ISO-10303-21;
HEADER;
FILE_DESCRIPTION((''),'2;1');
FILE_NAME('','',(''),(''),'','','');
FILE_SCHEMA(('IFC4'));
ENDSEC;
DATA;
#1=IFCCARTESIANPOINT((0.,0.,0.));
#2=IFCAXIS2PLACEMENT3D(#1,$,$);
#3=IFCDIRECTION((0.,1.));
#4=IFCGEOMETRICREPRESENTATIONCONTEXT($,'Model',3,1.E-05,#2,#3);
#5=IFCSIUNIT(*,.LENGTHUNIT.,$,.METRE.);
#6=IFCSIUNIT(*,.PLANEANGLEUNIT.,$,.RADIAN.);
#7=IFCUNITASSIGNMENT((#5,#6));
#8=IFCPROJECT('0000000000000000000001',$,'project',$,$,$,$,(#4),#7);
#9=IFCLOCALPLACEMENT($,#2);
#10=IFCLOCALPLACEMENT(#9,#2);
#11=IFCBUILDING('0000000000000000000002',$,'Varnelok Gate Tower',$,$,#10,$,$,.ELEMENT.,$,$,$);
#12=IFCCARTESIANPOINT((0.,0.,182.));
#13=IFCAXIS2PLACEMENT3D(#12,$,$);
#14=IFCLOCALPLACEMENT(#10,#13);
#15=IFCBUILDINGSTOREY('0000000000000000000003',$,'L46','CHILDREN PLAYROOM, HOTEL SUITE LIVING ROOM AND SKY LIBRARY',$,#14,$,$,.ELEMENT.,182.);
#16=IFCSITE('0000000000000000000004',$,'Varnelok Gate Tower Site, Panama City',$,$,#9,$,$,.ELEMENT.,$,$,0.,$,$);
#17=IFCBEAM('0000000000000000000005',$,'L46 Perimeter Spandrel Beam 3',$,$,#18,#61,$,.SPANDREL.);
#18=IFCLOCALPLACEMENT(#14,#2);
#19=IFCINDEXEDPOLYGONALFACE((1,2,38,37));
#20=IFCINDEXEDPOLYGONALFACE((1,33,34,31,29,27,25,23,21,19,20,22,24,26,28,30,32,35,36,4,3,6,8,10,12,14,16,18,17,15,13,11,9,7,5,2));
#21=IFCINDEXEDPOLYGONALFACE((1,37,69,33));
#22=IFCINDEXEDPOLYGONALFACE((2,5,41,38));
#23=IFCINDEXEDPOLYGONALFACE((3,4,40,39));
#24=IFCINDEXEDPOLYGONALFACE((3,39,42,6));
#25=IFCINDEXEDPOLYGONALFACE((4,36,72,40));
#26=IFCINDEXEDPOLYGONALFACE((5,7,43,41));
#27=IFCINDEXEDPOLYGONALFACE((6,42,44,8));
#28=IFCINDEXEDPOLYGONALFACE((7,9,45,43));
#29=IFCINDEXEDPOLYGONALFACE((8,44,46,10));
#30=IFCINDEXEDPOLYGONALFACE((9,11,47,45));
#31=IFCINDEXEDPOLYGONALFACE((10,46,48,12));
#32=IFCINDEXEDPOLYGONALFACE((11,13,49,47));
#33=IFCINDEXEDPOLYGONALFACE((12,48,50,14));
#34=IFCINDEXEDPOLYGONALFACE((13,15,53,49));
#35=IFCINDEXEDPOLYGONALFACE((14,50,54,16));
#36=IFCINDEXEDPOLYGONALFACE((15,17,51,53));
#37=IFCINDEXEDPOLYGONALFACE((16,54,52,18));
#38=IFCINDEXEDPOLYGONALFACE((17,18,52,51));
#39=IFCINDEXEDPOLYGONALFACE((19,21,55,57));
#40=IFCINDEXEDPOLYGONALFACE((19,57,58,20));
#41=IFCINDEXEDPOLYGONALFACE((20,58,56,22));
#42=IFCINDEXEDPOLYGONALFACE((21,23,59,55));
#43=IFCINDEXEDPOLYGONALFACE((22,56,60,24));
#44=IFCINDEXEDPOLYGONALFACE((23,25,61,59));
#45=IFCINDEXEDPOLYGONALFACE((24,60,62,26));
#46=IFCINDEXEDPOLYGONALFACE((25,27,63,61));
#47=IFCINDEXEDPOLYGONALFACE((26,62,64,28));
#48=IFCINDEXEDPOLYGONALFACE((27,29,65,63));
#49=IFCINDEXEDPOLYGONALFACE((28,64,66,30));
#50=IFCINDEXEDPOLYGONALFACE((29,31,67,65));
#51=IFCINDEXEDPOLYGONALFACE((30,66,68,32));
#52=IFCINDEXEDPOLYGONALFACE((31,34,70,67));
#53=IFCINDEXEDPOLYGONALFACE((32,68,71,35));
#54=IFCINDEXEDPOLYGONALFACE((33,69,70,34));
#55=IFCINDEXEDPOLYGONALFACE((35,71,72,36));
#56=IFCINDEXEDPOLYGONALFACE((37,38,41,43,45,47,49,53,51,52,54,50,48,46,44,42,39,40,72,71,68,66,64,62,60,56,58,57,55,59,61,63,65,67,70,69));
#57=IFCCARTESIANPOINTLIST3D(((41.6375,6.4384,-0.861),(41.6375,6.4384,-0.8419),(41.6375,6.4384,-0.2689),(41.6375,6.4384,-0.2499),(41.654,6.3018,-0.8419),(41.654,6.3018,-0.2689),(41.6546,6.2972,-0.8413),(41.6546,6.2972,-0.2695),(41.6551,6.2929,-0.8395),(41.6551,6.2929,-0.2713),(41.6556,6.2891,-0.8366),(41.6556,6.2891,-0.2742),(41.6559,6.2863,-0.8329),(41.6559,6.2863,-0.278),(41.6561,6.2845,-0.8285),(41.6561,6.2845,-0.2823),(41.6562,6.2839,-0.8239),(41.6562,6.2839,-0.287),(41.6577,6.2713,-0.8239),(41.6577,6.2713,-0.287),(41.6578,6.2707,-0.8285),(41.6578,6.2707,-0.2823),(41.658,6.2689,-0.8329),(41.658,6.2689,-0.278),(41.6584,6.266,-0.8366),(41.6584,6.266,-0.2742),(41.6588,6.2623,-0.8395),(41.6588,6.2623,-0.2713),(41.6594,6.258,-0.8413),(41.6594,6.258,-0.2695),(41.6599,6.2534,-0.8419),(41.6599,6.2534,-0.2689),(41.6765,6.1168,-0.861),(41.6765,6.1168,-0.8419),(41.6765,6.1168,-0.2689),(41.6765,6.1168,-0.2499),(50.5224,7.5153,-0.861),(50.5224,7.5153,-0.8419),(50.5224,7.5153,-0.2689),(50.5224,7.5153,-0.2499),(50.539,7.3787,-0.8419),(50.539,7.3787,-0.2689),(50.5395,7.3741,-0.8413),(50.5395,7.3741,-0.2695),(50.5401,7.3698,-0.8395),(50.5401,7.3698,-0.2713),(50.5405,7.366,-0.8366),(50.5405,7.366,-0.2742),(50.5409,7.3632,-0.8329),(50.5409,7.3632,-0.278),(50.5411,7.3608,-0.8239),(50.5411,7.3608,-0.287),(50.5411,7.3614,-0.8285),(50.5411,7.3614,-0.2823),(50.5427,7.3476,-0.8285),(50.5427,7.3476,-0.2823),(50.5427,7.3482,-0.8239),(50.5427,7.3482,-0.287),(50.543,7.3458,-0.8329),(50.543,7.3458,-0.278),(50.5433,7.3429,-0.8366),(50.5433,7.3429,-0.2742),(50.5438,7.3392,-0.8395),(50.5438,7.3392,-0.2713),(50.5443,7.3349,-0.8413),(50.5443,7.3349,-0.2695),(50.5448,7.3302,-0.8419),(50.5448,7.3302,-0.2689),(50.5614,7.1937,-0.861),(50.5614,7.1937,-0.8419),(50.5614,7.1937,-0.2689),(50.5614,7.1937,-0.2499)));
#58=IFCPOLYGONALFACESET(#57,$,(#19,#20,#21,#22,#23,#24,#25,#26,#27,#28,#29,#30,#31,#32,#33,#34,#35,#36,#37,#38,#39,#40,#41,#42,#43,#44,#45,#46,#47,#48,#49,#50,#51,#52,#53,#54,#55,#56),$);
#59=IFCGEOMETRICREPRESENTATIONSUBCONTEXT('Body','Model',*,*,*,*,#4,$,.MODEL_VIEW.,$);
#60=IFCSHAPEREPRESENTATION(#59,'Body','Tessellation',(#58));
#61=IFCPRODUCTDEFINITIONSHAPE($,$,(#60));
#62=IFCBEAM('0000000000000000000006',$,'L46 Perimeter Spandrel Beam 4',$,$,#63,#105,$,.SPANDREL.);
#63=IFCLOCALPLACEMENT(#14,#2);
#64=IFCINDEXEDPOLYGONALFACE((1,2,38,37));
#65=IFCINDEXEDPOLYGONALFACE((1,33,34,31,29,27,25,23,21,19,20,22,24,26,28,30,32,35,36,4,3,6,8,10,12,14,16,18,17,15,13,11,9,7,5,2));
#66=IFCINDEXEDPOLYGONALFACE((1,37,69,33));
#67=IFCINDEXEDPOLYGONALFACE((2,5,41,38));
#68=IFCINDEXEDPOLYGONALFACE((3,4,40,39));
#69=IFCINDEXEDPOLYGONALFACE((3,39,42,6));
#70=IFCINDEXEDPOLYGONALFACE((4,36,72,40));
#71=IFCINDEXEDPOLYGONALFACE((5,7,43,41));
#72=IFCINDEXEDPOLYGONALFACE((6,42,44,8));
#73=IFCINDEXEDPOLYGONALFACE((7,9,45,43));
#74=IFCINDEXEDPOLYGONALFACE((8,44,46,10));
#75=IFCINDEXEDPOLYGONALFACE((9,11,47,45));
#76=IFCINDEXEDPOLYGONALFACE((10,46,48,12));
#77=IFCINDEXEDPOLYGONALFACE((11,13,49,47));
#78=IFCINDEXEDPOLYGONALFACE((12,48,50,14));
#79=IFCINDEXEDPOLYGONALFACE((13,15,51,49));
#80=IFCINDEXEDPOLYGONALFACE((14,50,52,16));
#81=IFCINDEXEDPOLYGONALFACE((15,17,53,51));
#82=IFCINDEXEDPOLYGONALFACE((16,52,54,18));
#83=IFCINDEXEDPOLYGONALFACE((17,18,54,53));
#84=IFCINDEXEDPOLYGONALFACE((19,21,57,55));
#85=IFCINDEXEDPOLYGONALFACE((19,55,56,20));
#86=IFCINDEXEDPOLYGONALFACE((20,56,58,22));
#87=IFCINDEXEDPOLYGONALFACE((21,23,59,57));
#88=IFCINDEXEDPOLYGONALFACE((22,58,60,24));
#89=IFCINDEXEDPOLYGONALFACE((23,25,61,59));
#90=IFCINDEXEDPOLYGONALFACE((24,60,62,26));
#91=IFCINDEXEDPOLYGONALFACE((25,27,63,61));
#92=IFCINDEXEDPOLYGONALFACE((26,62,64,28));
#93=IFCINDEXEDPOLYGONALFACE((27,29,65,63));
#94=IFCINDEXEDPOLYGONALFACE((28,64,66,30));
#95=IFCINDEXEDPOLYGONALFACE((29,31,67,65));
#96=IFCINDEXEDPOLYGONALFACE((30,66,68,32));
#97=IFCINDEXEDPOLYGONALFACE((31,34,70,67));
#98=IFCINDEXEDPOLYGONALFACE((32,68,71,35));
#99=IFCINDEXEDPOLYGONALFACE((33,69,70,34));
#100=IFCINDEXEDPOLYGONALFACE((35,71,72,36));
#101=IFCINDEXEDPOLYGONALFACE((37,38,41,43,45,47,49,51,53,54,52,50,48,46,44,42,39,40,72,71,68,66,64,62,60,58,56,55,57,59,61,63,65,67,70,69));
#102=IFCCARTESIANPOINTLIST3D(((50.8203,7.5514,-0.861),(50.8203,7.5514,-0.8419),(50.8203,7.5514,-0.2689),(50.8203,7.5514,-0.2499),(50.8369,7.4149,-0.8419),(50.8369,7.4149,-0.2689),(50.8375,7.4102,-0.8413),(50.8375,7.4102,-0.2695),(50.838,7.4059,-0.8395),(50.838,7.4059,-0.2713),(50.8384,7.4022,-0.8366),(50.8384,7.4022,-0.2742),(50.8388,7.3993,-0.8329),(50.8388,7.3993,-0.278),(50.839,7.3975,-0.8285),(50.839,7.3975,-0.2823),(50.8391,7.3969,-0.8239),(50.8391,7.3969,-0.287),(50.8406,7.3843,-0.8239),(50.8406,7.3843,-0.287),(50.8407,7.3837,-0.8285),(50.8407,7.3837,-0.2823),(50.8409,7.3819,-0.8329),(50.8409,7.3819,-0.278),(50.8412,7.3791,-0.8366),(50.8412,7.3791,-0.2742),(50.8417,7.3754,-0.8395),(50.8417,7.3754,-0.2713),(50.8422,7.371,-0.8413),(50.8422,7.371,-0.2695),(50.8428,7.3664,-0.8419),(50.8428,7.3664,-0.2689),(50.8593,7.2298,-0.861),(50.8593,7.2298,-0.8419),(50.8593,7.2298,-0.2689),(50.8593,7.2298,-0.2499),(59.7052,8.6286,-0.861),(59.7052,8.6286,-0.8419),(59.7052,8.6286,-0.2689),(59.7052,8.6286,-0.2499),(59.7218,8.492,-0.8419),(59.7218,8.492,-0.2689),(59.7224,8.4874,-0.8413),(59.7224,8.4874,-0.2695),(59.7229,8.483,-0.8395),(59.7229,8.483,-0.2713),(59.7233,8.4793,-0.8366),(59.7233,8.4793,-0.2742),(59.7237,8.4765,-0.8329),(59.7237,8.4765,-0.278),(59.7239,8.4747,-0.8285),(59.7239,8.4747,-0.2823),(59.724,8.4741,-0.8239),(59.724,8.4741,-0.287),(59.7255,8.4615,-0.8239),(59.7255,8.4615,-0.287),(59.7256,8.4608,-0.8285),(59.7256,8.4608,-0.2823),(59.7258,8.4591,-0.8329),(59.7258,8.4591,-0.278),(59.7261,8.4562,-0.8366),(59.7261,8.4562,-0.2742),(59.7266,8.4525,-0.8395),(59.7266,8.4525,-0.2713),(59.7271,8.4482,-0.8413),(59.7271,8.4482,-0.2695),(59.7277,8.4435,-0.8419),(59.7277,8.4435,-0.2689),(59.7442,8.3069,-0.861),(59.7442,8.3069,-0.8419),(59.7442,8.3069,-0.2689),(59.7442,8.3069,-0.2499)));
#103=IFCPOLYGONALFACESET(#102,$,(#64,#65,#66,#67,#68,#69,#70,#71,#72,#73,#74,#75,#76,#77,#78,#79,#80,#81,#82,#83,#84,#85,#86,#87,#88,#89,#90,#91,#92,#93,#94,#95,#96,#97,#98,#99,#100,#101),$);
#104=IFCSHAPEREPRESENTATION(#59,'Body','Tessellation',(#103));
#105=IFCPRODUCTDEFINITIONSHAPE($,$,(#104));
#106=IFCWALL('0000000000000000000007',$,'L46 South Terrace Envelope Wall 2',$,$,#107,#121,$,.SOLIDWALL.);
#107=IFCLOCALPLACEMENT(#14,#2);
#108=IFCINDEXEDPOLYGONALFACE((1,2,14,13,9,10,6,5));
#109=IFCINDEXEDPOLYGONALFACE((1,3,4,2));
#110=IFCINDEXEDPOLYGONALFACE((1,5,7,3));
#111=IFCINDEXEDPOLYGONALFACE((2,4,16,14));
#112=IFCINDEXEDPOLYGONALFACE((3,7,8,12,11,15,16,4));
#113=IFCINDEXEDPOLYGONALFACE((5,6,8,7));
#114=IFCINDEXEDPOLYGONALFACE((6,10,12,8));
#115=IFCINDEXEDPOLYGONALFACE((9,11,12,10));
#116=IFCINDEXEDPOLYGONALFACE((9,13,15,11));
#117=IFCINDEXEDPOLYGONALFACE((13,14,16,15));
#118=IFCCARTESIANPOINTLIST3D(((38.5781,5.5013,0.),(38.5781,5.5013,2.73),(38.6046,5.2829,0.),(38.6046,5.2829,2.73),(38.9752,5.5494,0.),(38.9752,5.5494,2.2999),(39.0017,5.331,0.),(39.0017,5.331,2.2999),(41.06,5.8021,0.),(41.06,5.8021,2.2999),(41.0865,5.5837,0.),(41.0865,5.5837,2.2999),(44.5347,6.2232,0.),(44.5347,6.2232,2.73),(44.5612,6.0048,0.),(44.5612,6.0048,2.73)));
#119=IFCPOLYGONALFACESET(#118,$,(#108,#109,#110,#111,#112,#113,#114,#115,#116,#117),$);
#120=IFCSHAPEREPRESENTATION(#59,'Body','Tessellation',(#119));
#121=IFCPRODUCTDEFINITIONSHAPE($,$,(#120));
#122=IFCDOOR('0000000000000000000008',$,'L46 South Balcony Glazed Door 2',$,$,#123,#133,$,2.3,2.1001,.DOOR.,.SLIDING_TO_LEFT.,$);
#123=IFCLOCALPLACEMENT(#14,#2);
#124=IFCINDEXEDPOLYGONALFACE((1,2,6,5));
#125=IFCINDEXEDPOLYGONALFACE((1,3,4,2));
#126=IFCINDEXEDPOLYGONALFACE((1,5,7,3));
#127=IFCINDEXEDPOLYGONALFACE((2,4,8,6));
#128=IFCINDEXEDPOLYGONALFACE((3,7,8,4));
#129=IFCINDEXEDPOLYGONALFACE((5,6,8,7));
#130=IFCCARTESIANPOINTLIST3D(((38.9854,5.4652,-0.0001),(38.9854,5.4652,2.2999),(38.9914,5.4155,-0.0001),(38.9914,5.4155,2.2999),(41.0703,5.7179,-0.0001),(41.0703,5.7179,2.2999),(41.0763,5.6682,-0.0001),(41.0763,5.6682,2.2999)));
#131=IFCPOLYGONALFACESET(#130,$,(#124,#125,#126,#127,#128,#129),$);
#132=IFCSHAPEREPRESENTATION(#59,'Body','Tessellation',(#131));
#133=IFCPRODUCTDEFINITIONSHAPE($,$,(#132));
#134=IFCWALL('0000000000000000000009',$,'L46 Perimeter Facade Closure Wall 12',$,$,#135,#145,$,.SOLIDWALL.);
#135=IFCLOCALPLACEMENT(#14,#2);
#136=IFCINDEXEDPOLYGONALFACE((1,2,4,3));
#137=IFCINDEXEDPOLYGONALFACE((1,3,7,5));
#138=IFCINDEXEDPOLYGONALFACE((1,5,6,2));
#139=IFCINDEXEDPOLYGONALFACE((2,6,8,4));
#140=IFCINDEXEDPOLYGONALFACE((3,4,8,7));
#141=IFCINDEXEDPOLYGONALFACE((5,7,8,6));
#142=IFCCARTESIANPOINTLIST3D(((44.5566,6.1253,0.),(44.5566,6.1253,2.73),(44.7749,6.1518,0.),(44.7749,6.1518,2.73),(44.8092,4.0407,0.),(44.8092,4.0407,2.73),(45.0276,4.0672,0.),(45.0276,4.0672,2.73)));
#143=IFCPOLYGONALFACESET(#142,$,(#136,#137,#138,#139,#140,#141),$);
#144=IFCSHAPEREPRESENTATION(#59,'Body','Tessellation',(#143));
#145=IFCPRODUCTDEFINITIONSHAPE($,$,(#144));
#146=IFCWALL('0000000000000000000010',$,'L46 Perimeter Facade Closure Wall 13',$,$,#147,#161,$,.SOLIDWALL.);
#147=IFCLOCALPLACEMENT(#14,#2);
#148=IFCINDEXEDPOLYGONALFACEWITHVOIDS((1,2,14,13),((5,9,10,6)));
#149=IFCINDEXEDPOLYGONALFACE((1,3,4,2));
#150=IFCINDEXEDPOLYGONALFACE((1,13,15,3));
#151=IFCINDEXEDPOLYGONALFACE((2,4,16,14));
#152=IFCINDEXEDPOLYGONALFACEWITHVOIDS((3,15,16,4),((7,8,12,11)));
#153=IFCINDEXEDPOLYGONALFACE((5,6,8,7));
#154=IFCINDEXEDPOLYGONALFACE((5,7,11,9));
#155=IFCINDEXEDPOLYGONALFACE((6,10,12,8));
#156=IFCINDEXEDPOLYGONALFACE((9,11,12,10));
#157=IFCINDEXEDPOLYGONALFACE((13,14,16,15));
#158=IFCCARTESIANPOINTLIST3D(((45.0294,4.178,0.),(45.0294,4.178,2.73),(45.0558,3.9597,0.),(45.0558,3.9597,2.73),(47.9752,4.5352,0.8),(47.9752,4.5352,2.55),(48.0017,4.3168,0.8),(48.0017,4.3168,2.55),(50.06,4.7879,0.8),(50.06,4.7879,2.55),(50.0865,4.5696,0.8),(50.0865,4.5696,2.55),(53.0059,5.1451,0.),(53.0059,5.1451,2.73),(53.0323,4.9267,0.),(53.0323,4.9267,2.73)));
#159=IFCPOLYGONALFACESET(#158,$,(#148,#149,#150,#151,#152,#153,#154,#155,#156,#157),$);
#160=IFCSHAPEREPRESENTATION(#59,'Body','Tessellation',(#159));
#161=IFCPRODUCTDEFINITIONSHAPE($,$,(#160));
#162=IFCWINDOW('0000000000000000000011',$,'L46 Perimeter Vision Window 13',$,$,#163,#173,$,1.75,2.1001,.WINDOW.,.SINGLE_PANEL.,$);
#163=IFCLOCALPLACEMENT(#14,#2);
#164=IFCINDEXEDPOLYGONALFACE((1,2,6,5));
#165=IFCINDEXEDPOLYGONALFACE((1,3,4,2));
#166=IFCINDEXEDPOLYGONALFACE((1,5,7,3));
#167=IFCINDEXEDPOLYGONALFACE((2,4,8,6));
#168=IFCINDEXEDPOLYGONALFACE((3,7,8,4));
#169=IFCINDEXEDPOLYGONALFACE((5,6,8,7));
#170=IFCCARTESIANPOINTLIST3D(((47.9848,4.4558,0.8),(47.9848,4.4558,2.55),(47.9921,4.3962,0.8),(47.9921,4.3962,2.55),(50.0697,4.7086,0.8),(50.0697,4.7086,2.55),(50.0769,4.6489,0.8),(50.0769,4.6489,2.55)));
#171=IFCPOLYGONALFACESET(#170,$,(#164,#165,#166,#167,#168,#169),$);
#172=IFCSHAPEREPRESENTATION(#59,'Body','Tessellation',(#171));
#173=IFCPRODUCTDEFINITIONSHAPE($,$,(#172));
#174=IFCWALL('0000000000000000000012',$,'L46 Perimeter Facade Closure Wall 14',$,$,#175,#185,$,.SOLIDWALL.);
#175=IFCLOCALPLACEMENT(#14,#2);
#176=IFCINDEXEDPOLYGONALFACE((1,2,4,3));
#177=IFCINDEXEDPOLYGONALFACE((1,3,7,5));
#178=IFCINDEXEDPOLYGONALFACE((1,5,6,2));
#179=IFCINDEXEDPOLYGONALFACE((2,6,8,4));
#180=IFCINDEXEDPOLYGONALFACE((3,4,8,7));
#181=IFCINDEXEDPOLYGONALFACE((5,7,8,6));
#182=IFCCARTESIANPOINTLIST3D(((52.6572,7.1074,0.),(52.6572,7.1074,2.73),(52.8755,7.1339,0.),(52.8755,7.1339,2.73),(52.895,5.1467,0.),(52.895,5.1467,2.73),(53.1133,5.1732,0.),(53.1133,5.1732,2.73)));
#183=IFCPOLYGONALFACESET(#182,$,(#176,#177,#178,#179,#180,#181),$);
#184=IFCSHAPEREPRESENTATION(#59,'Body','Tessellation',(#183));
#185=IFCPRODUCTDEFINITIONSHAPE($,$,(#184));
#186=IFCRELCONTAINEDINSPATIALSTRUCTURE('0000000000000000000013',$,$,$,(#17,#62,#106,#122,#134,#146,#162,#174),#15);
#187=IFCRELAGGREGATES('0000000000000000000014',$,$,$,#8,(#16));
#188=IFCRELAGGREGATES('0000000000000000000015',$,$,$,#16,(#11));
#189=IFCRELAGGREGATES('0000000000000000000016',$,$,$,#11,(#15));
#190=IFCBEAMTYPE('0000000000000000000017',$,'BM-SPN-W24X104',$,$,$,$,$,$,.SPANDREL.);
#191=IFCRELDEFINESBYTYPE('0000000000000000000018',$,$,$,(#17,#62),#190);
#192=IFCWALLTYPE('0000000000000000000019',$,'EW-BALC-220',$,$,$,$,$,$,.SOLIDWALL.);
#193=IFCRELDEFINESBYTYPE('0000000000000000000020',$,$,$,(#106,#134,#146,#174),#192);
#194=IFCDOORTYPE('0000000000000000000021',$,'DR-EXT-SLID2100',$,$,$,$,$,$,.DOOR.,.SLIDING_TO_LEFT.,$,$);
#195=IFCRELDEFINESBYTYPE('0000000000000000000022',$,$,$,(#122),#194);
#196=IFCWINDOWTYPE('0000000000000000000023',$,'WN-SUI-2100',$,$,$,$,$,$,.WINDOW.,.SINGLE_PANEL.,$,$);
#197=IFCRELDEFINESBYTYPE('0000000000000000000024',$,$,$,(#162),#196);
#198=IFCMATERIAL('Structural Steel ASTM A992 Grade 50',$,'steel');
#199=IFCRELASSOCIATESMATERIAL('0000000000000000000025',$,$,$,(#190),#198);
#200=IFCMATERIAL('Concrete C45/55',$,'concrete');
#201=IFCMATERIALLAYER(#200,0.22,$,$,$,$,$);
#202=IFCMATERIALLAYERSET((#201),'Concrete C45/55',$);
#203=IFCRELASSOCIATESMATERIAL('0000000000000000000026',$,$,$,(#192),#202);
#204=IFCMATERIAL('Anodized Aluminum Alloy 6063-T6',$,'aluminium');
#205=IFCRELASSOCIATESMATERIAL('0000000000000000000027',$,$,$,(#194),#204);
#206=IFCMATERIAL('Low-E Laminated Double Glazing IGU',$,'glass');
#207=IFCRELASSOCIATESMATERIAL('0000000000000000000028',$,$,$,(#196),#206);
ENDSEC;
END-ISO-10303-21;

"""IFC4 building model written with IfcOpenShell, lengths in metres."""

from ifc_helpers import new_model, si_unit, direction, frame, frame_2d, origin, origin_2d, place, context, subcontext, project, spatial, rectangle, i_section, extrude, material, layer, layer_set, material_profile, profile_set, type_object, element, fill, save


model = new_model("IFC4")

# Units and contexts
model_context = context("Model", 3, precision=1e-05, world=origin(), true_north=direction((0.0, 1.0)))
body_context = subcontext(model_context, "Body", "Model", "MODEL_VIEW")
ifc_project = project(units=[si_unit("LENGTHUNIT", "METRE"), si_unit("PLANEANGLEUNIT", "RADIAN")], contexts=[model_context])

# Site, building, storey
site_placement = place(None, origin())
site = spatial("IfcSite", under=ifc_project, at=site_placement, Name="Varnelok Gate Tower Site, Panama City", CompositionType="ELEMENT", RefElevation=0.0)
building_placement = place(site_placement, origin())
building = spatial("IfcBuilding", under=site, at=building_placement, Name="Varnelok Gate Tower", CompositionType="ELEMENT")
storey_placement = place(building_placement, frame((0.0, 0.0, 182.0)))
storey = spatial("IfcBuildingStorey", under=building, at=storey_placement, Name="L46", Description="CHILDREN PLAYROOM, HOTEL SUITE LIVING ROOM AND SKY LIBRARY", CompositionType="ELEMENT", Elevation=182.0)

# Shared definitions
ifc_material_1 = material(Name="Structural Steel ASTM A992 Grade 50", Category="steel")

# Beams
ifc_material_profile_1 = material_profile(ifc_material_1, i_section(OverallWidth=0.324, OverallDepth=0.6111, WebThickness=0.0127, FlangeThickness=0.019, FilletRadius=0.0181, at=origin_2d()), Name="W24X104")
ifc_profile_set_1 = profile_set([ifc_material_profile_1], Name="Structural Steel ASTM A992 Grade 50")
beam_type_1 = type_object("IfcBeamType", Name="BM-SPN-W24X104", PredefinedType="SPANDREL", material=ifc_profile_set_1)
for number, where, z_axis, x_axis, name in (
    (1, (41.657, 6.2776, -0.5554), (0.992735, 0.120324, 0.0), (-0.120324, 0.992735, 0.0), "L46 Perimeter Spandrel Beam 3"),
    (2, (50.8398, 7.3906, -0.5554), (0.992731, 0.120351, 0.0), (-0.120351, 0.992731, 0.0), "L46 Perimeter Spandrel Beam 4"),
):
    element("IfcBeam", number, at=place(storey_placement, frame(where, z_axis=z_axis, x_axis=x_axis)), inside=storey, type_object=beam_type_1, Name=name, PredefinedType="SPANDREL", context=body_context, shape_type="SweptSolid", body=[
        extrude(i_section(OverallWidth=0.324, OverallDepth=0.6111, WebThickness=0.0127, FlangeThickness=0.019, FilletRadius=0.0181, at=origin_2d()), origin(), (0.0, 0.0, 1.0), 8.95),
    ])

# Wall, opening, door
ifc_material_2 = material(Name="Concrete C45/55", Category="concrete")
ifc_layer_1 = layer(ifc_material_2, 0.22)
ifc_layer_set_1 = layer_set([ifc_layer_1], Name="Concrete C45/55")
wall_type_1 = type_object("IfcWallType", Name="EW-BALC-220", PredefinedType="SOLIDWALL", material=ifc_layer_set_1)
wall_1_placement = place(storey_placement, frame((44.5479, 6.114, 0.0), z_axis=(0.0, 0.0, 1.0), x_axis=(-0.992735, -0.120318, 0.0)))
wall_1 = element("IfcWall", 3, at=wall_1_placement, inside=storey, type_object=wall_type_1, Name="L46 South Terrace Envelope Wall 2", PredefinedType="SOLIDWALL", context=body_context, shape_type="SweptSolid", body=[
    extrude(rectangle(XDim=6.0002, YDim=0.22, at=frame_2d((3.0, 0.0))), origin(), (0.0, 0.0, 1.0), 2.73),
])
opening_1_placement = place(wall_1_placement, frame((3.5, 0.0, 0.0)))
opening_1 = element("IfcOpeningElement", 4, at=opening_1_placement, cuts=wall_1, PredefinedType="OPENING", context=body_context, shape_type="SweptSolid", body=[
    extrude(rectangle(XDim=2.1001, YDim=2.3, at=frame_2d((1.05, 1.1499))), frame((0.0, 0.1199, 0.0), z_axis=(0.0, -1.0, 0.0), x_axis=(1.0, 0.0, 0.0)), (0.0, 0.0, 1.0), 0.24),
])
ifc_material_3 = material(Name="Anodized Aluminum Alloy 6063-T6", Category="aluminium")
door_type_1 = type_object("IfcDoorType", Name="DR-EXT-SLID2100", OperationType="SLIDING_TO_LEFT", PredefinedType="DOOR", material=ifc_material_3)
door_1_placement = place(opening_1_placement, origin())
door_1 = element("IfcDoor", 5, at=door_1_placement, inside=storey, type_object=door_type_1, Name="L46 South Balcony Glazed Door 2", OperationType="SLIDING_TO_LEFT", OverallHeight=2.3, OverallWidth=2.1001, PredefinedType="DOOR", context=body_context, shape_type="SweptSolid", body=[
    extrude(rectangle(XDim=2.1001, YDim=2.3, at=frame_2d((1.05, 1.1499))), frame((0.0, 0.0249, 0.0), z_axis=(0.0, -1.0, 0.0), x_axis=(1.0, 0.0, 0.0)), (0.0, 0.0, 1.0), 0.05),
])
fill(opening_1, door_1)

# Wall
wall_2_placement = place(storey_placement, frame((44.6658, 6.1384, 0.0), z_axis=(0.0, 0.0, 1.0), x_axis=(0.120328, -0.992734, 0.0)))
element("IfcWall", 6, at=wall_2_placement, inside=storey, type_object=wall_type_1, Name="L46 Perimeter Facade Closure Wall 12", PredefinedType="SOLIDWALL", context=body_context, shape_type="SweptSolid", body=[
    extrude(rectangle(XDim=2.0999, YDim=0.22, at=frame_2d((1.0498, 0.0))), origin(), (0.0, 0.0, 1.0), 2.73),
])

# Wall, opening, window
wall_3_placement = place(storey_placement, frame((45.0425, 4.0688, 0.0), z_axis=(0.0, 0.0, 1.0), x_axis=(0.992731, 0.120354, 0.0)))
wall_3 = element("IfcWall", 7, at=wall_3_placement, inside=storey, type_object=wall_type_1, Name="L46 Perimeter Facade Closure Wall 13", PredefinedType="SOLIDWALL", context=body_context, shape_type="SweptSolid", body=[
    extrude(rectangle(XDim=8.0349, YDim=0.22, at=frame_2d((4.0176, 0.0))), origin(), (0.0, 0.0, 1.0), 2.73),
])
opening_2_placement = place(wall_3_placement, frame((2.9675, 0.0, 0.8)))
opening_2 = element("IfcOpeningElement", 8, at=opening_2_placement, cuts=wall_3, PredefinedType="OPENING", context=body_context, shape_type="SweptSolid", body=[
    extrude(rectangle(XDim=2.1001, YDim=1.75, at=frame_2d((1.05, 0.875))), frame((0.0, 0.1199, 0.0), z_axis=(0.0, -1.0, 0.0), x_axis=(1.0, 0.0, 0.0)), (0.0, 0.0, 1.0), 0.24),
])
ifc_material_4 = material(Name="Low-E Laminated Double Glazing IGU", Category="glass")
window_type = type_object("IfcWindowType", Name="WN-SUI-2100", PartitioningType="SINGLE_PANEL", PredefinedType="WINDOW", material=ifc_material_4)
window_placement = place(opening_2_placement, origin())
window = element("IfcWindow", 9, at=window_placement, inside=storey, type_object=window_type, Name="L46 Perimeter Vision Window 13", OverallHeight=1.75, OverallWidth=2.1001, PartitioningType="SINGLE_PANEL", PredefinedType="WINDOW", context=body_context, shape_type="SweptSolid", body=[
    extrude(rectangle(XDim=2.1001, YDim=1.75, at=frame_2d((1.05, 0.875))), frame((0.0, 0.03, 0.0), z_axis=(0.0, -1.0, 0.0), x_axis=(1.0, 0.0, 0.0)), (0.0, 0.0, 1.0), 0.0601),
])
fill(opening_2, window)

# Wall
wall_4_placement = place(storey_placement, frame((53.0042, 5.1599, 0.0), z_axis=(0.0, 0.0, 1.0), x_axis=(-0.120398, 0.992726, 0.0)))
element("IfcWall", 10, at=wall_4_placement, inside=storey, type_object=wall_type_1, Name="L46 Perimeter Facade Closure Wall 14", PredefinedType="SOLIDWALL", context=body_context, shape_type="SweptSolid", body=[
    extrude(rectangle(XDim=1.9751, YDim=0.22, at=frame_2d((0.9875, 0.0))), origin(), (0.0, 0.0, 1.0), 2.73),
])

save(model, "model.ifc")
